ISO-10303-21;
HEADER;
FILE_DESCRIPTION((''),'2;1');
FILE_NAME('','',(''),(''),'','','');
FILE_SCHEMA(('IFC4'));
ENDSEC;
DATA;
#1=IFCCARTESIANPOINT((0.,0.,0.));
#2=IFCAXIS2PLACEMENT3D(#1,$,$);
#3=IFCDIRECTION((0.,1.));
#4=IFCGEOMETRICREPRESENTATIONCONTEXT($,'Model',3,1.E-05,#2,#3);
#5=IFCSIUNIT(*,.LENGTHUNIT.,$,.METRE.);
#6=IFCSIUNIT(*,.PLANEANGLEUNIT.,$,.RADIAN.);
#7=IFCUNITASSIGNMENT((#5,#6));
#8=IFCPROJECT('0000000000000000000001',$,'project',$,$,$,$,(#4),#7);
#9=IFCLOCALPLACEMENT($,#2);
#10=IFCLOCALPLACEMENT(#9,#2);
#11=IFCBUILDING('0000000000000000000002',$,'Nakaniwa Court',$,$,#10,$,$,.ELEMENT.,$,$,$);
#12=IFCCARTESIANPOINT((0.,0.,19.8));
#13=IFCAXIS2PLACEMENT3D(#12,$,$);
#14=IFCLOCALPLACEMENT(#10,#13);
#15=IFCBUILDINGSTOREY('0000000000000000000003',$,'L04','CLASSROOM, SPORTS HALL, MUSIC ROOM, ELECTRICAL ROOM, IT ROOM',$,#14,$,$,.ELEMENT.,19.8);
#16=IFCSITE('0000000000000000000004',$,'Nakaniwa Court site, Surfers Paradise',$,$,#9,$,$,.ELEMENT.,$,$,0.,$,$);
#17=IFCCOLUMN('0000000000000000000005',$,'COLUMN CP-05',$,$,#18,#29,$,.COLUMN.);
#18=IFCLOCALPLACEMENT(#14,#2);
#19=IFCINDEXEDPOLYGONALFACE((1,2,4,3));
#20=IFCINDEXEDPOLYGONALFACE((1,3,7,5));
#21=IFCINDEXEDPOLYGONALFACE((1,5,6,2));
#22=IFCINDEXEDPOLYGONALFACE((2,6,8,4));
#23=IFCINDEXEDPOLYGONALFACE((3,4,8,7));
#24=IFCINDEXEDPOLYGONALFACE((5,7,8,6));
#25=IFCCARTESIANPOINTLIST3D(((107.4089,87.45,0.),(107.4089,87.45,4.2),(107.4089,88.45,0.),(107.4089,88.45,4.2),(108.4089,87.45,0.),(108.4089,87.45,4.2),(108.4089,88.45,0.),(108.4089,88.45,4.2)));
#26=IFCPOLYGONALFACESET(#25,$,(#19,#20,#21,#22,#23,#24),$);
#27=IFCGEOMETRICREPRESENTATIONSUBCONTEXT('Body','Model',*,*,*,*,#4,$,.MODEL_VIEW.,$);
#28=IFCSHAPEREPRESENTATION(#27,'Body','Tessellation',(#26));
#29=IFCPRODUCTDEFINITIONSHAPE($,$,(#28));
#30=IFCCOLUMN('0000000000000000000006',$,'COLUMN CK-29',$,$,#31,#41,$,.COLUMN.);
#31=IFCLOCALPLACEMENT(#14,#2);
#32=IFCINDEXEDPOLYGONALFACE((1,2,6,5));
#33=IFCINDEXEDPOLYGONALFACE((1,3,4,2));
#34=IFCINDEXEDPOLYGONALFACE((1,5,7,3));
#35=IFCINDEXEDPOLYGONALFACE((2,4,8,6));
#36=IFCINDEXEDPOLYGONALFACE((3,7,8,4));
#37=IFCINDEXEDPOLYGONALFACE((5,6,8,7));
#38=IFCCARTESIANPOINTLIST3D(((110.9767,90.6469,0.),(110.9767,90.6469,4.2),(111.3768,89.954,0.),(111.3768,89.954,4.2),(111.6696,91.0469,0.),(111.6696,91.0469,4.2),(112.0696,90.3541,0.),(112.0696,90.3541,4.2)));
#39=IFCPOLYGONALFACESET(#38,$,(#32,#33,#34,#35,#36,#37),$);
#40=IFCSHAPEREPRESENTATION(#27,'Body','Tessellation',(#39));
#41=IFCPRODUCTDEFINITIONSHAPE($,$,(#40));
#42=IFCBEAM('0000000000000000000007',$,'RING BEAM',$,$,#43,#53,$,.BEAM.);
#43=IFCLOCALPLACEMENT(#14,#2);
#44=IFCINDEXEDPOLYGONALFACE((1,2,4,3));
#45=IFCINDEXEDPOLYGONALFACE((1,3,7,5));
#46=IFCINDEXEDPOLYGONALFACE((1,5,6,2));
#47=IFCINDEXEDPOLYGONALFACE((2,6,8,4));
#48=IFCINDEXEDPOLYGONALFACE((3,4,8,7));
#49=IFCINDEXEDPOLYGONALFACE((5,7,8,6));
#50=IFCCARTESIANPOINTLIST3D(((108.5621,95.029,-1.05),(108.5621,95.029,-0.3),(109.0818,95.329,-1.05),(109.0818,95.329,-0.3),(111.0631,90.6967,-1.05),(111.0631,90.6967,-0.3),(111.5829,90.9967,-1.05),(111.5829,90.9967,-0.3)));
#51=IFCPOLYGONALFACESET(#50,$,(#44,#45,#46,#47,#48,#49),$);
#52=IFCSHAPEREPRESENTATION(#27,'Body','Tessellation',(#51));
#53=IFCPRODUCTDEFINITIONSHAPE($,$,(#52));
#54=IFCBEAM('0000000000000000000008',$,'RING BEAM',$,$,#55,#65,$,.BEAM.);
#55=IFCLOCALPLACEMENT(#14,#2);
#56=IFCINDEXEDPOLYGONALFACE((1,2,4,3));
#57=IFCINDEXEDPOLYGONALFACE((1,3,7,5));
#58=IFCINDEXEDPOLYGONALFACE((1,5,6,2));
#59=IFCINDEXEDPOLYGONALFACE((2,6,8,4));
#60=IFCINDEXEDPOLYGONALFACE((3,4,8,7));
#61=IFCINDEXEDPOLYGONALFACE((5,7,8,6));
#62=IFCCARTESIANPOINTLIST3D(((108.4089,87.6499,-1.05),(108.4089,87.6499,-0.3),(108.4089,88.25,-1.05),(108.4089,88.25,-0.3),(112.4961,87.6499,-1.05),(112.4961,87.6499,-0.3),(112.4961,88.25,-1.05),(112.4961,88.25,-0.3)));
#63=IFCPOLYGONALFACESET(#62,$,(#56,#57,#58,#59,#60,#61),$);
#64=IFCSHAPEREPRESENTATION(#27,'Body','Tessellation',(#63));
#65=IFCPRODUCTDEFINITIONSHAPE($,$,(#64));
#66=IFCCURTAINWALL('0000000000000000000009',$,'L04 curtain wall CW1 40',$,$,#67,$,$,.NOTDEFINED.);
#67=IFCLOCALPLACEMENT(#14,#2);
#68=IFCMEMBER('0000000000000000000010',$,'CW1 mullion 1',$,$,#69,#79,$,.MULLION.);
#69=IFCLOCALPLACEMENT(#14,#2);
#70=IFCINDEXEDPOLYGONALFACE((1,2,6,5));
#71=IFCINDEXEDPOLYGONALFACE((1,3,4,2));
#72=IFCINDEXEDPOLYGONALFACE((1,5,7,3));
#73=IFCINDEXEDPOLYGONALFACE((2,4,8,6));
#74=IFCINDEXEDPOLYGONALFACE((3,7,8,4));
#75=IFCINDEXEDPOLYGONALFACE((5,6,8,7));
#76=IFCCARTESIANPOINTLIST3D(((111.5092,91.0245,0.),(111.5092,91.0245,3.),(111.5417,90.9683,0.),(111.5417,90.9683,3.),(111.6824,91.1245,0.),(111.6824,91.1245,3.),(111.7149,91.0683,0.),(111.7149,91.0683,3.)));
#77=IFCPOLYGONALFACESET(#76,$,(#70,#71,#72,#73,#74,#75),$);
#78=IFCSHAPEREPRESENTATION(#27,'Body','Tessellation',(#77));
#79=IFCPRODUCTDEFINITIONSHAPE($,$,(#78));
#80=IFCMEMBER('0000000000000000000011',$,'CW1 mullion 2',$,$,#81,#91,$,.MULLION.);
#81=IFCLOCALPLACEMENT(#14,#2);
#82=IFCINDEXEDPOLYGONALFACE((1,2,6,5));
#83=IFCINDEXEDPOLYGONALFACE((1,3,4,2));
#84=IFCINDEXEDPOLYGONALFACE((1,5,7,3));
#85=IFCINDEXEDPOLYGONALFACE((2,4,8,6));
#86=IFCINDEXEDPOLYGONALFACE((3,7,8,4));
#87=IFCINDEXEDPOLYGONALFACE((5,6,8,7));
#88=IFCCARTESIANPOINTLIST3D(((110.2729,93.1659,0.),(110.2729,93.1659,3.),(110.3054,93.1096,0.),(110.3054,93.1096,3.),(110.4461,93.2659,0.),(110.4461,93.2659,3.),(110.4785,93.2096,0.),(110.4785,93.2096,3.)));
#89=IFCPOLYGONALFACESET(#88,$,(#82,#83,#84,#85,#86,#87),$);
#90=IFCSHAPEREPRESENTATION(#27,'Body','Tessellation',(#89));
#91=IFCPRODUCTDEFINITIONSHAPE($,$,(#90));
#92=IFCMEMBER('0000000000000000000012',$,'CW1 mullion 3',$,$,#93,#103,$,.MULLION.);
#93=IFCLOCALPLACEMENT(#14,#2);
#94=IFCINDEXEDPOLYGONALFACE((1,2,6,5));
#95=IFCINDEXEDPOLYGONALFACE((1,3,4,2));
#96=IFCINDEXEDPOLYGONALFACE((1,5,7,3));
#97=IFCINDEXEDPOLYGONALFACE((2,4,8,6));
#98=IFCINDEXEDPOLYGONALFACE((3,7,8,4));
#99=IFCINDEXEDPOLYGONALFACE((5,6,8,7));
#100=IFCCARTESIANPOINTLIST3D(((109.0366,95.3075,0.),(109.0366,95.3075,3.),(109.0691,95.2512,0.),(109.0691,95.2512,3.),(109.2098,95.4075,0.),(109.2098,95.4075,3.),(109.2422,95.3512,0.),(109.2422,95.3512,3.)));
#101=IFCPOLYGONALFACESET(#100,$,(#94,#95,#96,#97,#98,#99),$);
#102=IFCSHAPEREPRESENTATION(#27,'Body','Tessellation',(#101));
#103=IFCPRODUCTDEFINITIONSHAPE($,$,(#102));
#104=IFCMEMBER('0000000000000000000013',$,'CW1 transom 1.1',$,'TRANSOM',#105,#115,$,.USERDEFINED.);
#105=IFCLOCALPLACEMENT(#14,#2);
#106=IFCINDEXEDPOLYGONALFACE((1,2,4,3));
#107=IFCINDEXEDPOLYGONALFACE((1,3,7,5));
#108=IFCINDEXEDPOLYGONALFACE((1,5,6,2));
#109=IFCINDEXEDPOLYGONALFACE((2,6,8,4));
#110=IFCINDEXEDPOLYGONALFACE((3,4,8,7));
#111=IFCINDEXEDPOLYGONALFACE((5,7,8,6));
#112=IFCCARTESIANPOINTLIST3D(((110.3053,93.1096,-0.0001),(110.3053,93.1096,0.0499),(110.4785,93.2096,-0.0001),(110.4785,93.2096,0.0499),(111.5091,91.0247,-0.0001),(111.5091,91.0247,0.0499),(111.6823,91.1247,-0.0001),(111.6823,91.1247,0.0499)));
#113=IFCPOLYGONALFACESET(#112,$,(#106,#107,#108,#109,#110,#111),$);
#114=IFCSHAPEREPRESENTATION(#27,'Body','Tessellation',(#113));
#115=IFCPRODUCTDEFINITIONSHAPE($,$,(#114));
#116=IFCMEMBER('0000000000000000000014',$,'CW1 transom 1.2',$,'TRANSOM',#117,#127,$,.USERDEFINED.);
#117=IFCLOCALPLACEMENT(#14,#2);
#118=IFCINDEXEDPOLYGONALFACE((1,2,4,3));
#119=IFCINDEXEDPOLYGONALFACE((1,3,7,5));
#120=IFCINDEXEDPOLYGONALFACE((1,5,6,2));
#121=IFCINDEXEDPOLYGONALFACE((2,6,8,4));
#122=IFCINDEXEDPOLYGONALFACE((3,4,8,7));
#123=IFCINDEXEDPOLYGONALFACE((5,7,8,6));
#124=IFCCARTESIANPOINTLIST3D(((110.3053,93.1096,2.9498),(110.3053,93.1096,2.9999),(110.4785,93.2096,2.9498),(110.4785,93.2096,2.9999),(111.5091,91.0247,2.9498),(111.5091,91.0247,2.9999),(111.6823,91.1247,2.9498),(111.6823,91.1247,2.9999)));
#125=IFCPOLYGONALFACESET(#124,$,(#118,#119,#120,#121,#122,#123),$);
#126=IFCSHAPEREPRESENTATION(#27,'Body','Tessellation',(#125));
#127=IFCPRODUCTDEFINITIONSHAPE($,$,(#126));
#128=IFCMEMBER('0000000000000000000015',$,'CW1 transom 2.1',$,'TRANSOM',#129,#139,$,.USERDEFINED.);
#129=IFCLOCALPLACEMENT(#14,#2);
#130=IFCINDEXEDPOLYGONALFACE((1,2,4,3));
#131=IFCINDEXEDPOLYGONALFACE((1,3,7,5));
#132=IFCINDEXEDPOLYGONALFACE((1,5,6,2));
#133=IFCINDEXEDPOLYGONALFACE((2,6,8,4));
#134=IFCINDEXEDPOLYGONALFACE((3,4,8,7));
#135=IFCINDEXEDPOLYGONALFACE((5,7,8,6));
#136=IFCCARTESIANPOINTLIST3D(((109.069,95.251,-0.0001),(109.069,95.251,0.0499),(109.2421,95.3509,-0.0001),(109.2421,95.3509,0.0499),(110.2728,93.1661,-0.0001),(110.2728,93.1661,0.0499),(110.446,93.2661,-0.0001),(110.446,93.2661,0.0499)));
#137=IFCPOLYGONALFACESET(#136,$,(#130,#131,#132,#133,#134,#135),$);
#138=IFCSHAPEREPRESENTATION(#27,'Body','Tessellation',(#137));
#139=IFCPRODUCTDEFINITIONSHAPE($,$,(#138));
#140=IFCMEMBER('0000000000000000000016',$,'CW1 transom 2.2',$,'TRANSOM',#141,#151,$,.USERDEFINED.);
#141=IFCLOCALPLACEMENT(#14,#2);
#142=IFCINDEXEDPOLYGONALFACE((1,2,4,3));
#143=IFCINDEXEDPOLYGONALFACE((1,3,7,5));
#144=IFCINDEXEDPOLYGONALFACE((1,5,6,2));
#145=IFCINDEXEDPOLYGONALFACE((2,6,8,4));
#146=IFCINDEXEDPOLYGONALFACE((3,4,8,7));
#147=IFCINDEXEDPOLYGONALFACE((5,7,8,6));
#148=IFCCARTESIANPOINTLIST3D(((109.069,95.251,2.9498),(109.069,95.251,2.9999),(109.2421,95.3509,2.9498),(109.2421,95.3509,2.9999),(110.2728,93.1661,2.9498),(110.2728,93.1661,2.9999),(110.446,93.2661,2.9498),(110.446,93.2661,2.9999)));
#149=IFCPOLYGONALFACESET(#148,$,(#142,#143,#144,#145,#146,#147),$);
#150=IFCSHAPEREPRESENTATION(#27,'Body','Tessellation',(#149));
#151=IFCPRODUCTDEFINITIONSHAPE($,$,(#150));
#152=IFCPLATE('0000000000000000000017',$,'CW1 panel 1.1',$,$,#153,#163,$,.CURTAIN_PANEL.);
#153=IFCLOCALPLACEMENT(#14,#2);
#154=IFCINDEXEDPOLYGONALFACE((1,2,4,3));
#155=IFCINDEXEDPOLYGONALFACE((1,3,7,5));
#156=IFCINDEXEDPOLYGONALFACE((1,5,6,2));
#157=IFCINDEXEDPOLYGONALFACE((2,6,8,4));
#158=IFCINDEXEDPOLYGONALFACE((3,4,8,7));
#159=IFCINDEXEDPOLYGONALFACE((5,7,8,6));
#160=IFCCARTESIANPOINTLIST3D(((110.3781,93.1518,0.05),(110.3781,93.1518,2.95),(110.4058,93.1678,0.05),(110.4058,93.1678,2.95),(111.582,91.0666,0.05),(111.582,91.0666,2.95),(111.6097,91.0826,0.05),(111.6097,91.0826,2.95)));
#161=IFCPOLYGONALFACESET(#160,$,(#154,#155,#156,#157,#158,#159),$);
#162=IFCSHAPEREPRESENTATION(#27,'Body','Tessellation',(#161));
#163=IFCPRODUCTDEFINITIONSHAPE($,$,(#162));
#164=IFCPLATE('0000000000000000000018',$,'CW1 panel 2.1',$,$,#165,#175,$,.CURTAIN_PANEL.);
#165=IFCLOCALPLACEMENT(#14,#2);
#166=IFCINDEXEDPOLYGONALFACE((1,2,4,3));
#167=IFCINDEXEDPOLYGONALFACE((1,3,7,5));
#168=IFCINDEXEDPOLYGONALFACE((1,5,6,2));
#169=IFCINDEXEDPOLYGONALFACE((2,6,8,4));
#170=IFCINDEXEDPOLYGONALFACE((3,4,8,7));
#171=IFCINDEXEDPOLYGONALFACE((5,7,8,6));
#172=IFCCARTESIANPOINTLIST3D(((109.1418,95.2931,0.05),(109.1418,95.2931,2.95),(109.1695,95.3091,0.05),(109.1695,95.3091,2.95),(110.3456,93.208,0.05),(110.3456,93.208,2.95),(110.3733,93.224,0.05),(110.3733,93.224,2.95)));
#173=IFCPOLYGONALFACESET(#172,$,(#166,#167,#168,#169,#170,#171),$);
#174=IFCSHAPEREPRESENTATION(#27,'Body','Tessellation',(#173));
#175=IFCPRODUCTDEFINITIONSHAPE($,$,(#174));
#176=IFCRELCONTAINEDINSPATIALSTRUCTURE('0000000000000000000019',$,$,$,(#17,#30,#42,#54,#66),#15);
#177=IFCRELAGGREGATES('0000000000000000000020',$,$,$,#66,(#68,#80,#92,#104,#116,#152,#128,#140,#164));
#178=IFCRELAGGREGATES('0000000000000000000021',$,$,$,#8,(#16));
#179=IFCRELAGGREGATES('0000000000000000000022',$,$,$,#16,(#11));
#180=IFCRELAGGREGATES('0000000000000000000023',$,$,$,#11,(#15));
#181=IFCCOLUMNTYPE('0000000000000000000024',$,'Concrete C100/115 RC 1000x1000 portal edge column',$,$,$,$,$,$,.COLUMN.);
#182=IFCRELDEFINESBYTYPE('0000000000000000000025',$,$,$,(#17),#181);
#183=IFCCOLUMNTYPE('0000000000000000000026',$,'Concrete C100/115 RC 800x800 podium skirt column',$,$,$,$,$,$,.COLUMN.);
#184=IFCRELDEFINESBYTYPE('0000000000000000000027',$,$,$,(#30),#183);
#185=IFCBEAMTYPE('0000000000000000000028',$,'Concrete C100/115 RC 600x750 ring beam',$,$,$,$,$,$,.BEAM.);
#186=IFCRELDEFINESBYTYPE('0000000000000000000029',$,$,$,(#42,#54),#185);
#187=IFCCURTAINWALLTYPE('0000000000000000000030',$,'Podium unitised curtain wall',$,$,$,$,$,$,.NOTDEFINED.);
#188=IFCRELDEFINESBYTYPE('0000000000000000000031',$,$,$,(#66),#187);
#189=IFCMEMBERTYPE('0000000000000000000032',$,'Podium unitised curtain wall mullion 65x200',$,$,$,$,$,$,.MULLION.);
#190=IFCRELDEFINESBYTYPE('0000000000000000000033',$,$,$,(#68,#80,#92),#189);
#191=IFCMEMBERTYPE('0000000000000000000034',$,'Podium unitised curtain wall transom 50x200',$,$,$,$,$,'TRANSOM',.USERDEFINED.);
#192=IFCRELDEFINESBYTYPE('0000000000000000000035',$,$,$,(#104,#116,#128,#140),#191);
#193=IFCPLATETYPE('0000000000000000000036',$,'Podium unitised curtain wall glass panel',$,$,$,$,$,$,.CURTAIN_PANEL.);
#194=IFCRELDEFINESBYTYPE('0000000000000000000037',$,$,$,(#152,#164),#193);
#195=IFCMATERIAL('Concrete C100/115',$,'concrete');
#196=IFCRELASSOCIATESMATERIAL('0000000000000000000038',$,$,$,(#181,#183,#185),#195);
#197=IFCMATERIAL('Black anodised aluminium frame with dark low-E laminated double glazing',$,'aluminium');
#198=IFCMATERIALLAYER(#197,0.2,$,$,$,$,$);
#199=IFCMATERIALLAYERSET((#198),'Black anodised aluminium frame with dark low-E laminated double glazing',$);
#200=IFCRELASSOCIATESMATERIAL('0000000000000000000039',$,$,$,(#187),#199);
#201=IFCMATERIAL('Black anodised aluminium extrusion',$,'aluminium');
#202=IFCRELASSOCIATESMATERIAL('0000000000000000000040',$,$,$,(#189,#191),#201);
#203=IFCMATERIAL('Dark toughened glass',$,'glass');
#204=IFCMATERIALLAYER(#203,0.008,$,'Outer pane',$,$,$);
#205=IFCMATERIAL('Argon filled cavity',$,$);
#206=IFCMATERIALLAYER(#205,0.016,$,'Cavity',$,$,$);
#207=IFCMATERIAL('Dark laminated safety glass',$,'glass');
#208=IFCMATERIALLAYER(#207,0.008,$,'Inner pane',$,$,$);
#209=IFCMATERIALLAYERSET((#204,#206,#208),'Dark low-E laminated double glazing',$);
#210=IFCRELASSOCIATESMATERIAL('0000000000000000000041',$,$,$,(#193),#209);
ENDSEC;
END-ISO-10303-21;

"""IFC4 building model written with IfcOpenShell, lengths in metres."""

from ifc_helpers import new_model, si_unit, direction, frame, origin, origin_2d, place, context, subcontext, project, spatial, rectangle, extrude, material, layer, layer_set, material_profile, profile_set, type_object, element, aggregate, save


model = new_model("IFC4")

# Units and contexts
model_context = context("Model", 3, precision=1e-05, world=origin(), true_north=direction((0.0, 1.0)))
body_context = subcontext(model_context, "Body", "Model", "MODEL_VIEW")
ifc_project = project(units=[si_unit("LENGTHUNIT", "METRE"), si_unit("PLANEANGLEUNIT", "RADIAN")], contexts=[model_context])

# Site, building, storey
site_placement = place(None, origin())
site = spatial("IfcSite", under=ifc_project, at=site_placement, Name="Nakaniwa Court site, Surfers Paradise", CompositionType="ELEMENT", RefElevation=0.0)
building_placement = place(site_placement, origin())
building = spatial("IfcBuilding", under=site, at=building_placement, Name="Nakaniwa Court", CompositionType="ELEMENT")
storey_placement = place(building_placement, frame((0.0, 0.0, 19.8)))
storey = spatial("IfcBuildingStorey", under=building, at=storey_placement, Name="L04", Description="CLASSROOM, SPORTS HALL, MUSIC ROOM, ELECTRICAL ROOM, IT ROOM", CompositionType="ELEMENT", Elevation=19.8)

# Columns
ifc_material_1 = material(Name="Concrete C100/115", Category="concrete")
ifc_material_profile_1 = material_profile(ifc_material_1, rectangle(XDim=1.0, YDim=1.0, at=origin_2d()), Name="Concrete C100/115 RC 1000x1000 portal edge column")
ifc_profile_set_1 = profile_set([ifc_material_profile_1], Name="Concrete C100/115")
column_type_1 = type_object("IfcColumnType", Name="Concrete C100/115 RC 1000x1000 portal edge column", PredefinedType="COLUMN", material=ifc_profile_set_1)
column_1_placement = place(storey_placement, frame((107.9089, 87.95, 0.0), z_axis=(0.0, 0.0, 1.0), x_axis=(1.0, 0.0, 0.0)))
element("IfcColumn", 1, at=column_1_placement, inside=storey, type_object=column_type_1, Name="COLUMN CP-05", PredefinedType="COLUMN", context=body_context, shape_type="SweptSolid", body=[
    extrude(rectangle(XDim=1.0, YDim=1.0, at=origin_2d()), origin(), (0.0, 0.0, 1.0), 4.2),
])
ifc_material_profile_2 = material_profile(ifc_material_1, rectangle(XDim=0.8, YDim=0.8, at=origin_2d()), Name="Concrete C100/115 RC 800x800 podium skirt column")
ifc_profile_set_2 = profile_set([ifc_material_profile_2], Name="Concrete C100/115")
column_type_2 = type_object("IfcColumnType", Name="Concrete C100/115 RC 800x800 podium skirt column", PredefinedType="COLUMN", material=ifc_profile_set_2)
column_2_placement = place(storey_placement, frame((111.5232, 90.5005, 0.0), z_axis=(0.0, 0.0, 1.0), x_axis=(-0.5, 0.866025, 0.0)))
element("IfcColumn", 2, at=column_2_placement, inside=storey, type_object=column_type_2, Name="COLUMN CK-29", PredefinedType="COLUMN", context=body_context, shape_type="SweptSolid", body=[
    extrude(rectangle(XDim=0.8, YDim=0.8, at=origin_2d()), origin(), (0.0, 0.0, 1.0), 4.2),
])

# Beams
ifc_material_profile_3 = material_profile(ifc_material_1, rectangle(XDim=0.6001, YDim=0.75, at=origin_2d()), Name="Concrete C100/115 RC 600x750 ring beam")
ifc_profile_set_3 = profile_set([ifc_material_profile_3], Name="Concrete C100/115")
beam_type = type_object("IfcBeamType", Name="Concrete C100/115 RC 600x750 ring beam", PredefinedType="BEAM", material=ifc_profile_set_3)
beam_1_placement = place(storey_placement, frame((111.323, 90.8467, -0.675), z_axis=(-0.49996, 0.866048, 0.0), x_axis=(-0.866048, -0.49996, 0.0)))
element("IfcBeam", 3, at=beam_1_placement, inside=storey, type_object=beam_type, Name="RING BEAM", PredefinedType="BEAM", context=body_context, shape_type="SweptSolid", body=[
    extrude(rectangle(XDim=0.6001, YDim=0.75, at=origin_2d()), origin(), (0.0, 0.0, 1.0), 5.0024),
])
beam_2_placement = place(storey_placement, frame((108.4089, 87.95, -0.675), z_axis=(1.0, 0.0, 0.0), x_axis=(0.0, 1.0, 0.0)))
element("IfcBeam", 4, at=beam_2_placement, inside=storey, type_object=beam_type, Name="RING BEAM", PredefinedType="BEAM", context=body_context, shape_type="SweptSolid", body=[
    extrude(rectangle(XDim=0.6001, YDim=0.75, at=origin_2d()), origin(), (0.0, 0.0, 1.0), 4.0872),
])

# Curtain wall, members, plates
ifc_material_2 = material(Name="Black anodised aluminium frame with dark low-E laminated double glazing", Category="aluminium")
ifc_layer_1 = layer(ifc_material_2, 0.2)
ifc_layer_set_1 = layer_set([ifc_layer_1], Name="Black anodised aluminium frame with dark low-E laminated double glazing")
curtain_wall_type = type_object("IfcCurtainWallType", Name="Podium unitised curtain wall", PredefinedType="NOTDEFINED", material=ifc_layer_set_1)
curtain_wall_placement = place(storey_placement, origin())
curtain_wall = element("IfcCurtainWall", 5, at=curtain_wall_placement, inside=storey, type_object=curtain_wall_type, Name="L04 curtain wall CW1 40", PredefinedType="NOTDEFINED")
ifc_material_3 = material(Name="Black anodised aluminium extrusion", Category="aluminium")
ifc_material_profile_4 = material_profile(ifc_material_3, rectangle(XDim=0.2, YDim=0.0649, at=origin_2d()), Name="Podium unitised curtain wall mullion 65x200")
ifc_profile_set_4 = profile_set([ifc_material_profile_4], Name="Black anodised aluminium extrusion")
member_type_1 = type_object("IfcMemberType", Name="Podium unitised curtain wall mullion 65x200", PredefinedType="MULLION", material=ifc_profile_set_4)
member_1_placement = place(storey_placement, frame((111.6121, 91.0464, 0.0), z_axis=(0.0, 0.0, 1.0), x_axis=(-0.866032, -0.499988, 0.0)))
member_1 = element("IfcMember", 6, at=member_1_placement, type_object=member_type_1, Name="CW1 mullion 1", PredefinedType="MULLION", context=body_context, shape_type="SweptSolid", body=[
    extrude(rectangle(XDim=0.2, YDim=0.0649, at=origin_2d()), origin(), (0.0, 0.0, 1.0), 3.0),
])
member_2_placement = place(storey_placement, frame((110.3757, 93.1877, 0.0), z_axis=(0.0, 0.0, 1.0), x_axis=(-0.866032, -0.499988, 0.0)))
member_2 = element("IfcMember", 7, at=member_2_placement, type_object=member_type_1, Name="CW1 mullion 2", PredefinedType="MULLION", context=body_context, shape_type="SweptSolid", body=[
    extrude(rectangle(XDim=0.2, YDim=0.0649, at=origin_2d()), origin(), (0.0, 0.0, 1.0), 3.0),
])
member_3_placement = place(storey_placement, frame((109.1394, 95.3293, 0.0), z_axis=(0.0, 0.0, 1.0), x_axis=(-0.866032, -0.499988, 0.0)))
member_3 = element("IfcMember", 8, at=member_3_placement, type_object=member_type_1, Name="CW1 mullion 3", PredefinedType="MULLION", context=body_context, shape_type="SweptSolid", body=[
    extrude(rectangle(XDim=0.2, YDim=0.0649, at=origin_2d()), origin(), (0.0, 0.0, 1.0), 3.0),
])
ifc_material_profile_5 = material_profile(ifc_material_3, rectangle(XDim=0.2, YDim=0.05, at=origin_2d()), Name="Podium unitised curtain wall transom 50x200")
ifc_profile_set_5 = profile_set([ifc_material_profile_5], Name="Black anodised aluminium extrusion")
member_type_2 = type_object("IfcMemberType", Name="Podium unitised curtain wall transom 50x200", ElementType="TRANSOM", PredefinedType="USERDEFINED", material=ifc_profile_set_5)
member_4_placement = place(storey_placement, frame((111.5957, 91.0747, 0.0249), z_axis=(-0.500033, 0.866007, 0.0), x_axis=(-0.866007, -0.500033, 0.0)))
member_4 = element("IfcMember", 9, at=member_4_placement, type_object=member_type_2, Name="CW1 transom 1.1", ObjectType="TRANSOM", PredefinedType="USERDEFINED", context=body_context, shape_type="SweptSolid", body=[
    extrude(rectangle(XDim=0.2, YDim=0.05, at=origin_2d()), origin(), (0.0, 0.0, 1.0), 2.4075),
])
member_5_placement = place(storey_placement, frame((111.5957, 91.0747, 2.9749), z_axis=(-0.500033, 0.866007, 0.0), x_axis=(-0.866007, -0.500033, 0.0)))
member_5 = element("IfcMember", 10, at=member_5_placement, type_object=member_type_2, Name="CW1 transom 1.2", ObjectType="TRANSOM", PredefinedType="USERDEFINED", context=body_context, shape_type="SweptSolid", body=[
    extrude(rectangle(XDim=0.2, YDim=0.05, at=origin_2d()), origin(), (0.0, 0.0, 1.0), 2.4075),
])
member_6_placement = place(storey_placement, frame((110.3594, 93.2161, 0.0249), z_axis=(-0.500033, 0.866007, 0.0), x_axis=(-0.866007, -0.500033, 0.0)))
member_6 = element("IfcMember", 11, at=member_6_placement, type_object=member_type_2, Name="CW1 transom 2.1", ObjectType="TRANSOM", PredefinedType="USERDEFINED", context=body_context, shape_type="SweptSolid", body=[
    extrude(rectangle(XDim=0.2, YDim=0.05, at=origin_2d()), origin(), (0.0, 0.0, 1.0), 2.4075),
])
member_7_placement = place(storey_placement, frame((110.3594, 93.2161, 2.9749), z_axis=(-0.500033, 0.866007, 0.0), x_axis=(-0.866007, -0.500033, 0.0)))
member_7 = element("IfcMember", 12, at=member_7_placement, type_object=member_type_2, Name="CW1 transom 2.2", ObjectType="TRANSOM", PredefinedType="USERDEFINED", context=body_context, shape_type="SweptSolid", body=[
    extrude(rectangle(XDim=0.2, YDim=0.05, at=origin_2d()), origin(), (0.0, 0.0, 1.0), 2.4075),
])
ifc_material_4 = material(Name="Dark toughened glass", Category="glass")
ifc_layer_2 = layer(ifc_material_4, 0.008, Name="Outer pane")
ifc_material_5 = material(Name="Argon filled cavity")
ifc_layer_3 = layer(ifc_material_5, 0.016, Name="Cavity")
ifc_material_6 = material(Name="Dark laminated safety glass", Category="glass")
ifc_layer_4 = layer(ifc_material_6, 0.008, Name="Inner pane")
ifc_layer_set_2 = layer_set([ifc_layer_2, ifc_layer_3, ifc_layer_4], Name="Dark low-E laminated double glazing")
plate_type = type_object("IfcPlateType", Name="Podium unitised curtain wall glass panel", PredefinedType="CURTAIN_PANEL", material=ifc_layer_set_2)
plate_1_placement = place(storey_placement, frame((110.9939, 92.1172, 0.05), z_axis=(0.0, 0.0, 1.0), x_axis=(-0.499988, 0.866032, 0.0)))
plate_1 = element("IfcPlate", 13, at=plate_1_placement, type_object=plate_type, Name="CW1 panel 1.1", PredefinedType="CURTAIN_PANEL", context=body_context, shape_type="SweptSolid", body=[
    extrude(rectangle(XDim=2.4077, YDim=0.032, at=origin_2d()), origin(), (0.0, 0.0, 1.0), 2.8999),
])
plate_2_placement = place(storey_placement, frame((109.7576, 94.2585, 0.05), z_axis=(0.0, 0.0, 1.0), x_axis=(-0.499988, 0.866032, 0.0)))
plate_2 = element("IfcPlate", 14, at=plate_2_placement, type_object=plate_type, Name="CW1 panel 2.1", PredefinedType="CURTAIN_PANEL", context=body_context, shape_type="SweptSolid", body=[
    extrude(rectangle(XDim=2.4077, YDim=0.032, at=origin_2d()), origin(), (0.0, 0.0, 1.0), 2.8999),
])
aggregate(curtain_wall, [member_1, member_2, member_3, member_4, member_5, plate_1, member_6, member_7, plate_2])

save(model, "model.ifc")
